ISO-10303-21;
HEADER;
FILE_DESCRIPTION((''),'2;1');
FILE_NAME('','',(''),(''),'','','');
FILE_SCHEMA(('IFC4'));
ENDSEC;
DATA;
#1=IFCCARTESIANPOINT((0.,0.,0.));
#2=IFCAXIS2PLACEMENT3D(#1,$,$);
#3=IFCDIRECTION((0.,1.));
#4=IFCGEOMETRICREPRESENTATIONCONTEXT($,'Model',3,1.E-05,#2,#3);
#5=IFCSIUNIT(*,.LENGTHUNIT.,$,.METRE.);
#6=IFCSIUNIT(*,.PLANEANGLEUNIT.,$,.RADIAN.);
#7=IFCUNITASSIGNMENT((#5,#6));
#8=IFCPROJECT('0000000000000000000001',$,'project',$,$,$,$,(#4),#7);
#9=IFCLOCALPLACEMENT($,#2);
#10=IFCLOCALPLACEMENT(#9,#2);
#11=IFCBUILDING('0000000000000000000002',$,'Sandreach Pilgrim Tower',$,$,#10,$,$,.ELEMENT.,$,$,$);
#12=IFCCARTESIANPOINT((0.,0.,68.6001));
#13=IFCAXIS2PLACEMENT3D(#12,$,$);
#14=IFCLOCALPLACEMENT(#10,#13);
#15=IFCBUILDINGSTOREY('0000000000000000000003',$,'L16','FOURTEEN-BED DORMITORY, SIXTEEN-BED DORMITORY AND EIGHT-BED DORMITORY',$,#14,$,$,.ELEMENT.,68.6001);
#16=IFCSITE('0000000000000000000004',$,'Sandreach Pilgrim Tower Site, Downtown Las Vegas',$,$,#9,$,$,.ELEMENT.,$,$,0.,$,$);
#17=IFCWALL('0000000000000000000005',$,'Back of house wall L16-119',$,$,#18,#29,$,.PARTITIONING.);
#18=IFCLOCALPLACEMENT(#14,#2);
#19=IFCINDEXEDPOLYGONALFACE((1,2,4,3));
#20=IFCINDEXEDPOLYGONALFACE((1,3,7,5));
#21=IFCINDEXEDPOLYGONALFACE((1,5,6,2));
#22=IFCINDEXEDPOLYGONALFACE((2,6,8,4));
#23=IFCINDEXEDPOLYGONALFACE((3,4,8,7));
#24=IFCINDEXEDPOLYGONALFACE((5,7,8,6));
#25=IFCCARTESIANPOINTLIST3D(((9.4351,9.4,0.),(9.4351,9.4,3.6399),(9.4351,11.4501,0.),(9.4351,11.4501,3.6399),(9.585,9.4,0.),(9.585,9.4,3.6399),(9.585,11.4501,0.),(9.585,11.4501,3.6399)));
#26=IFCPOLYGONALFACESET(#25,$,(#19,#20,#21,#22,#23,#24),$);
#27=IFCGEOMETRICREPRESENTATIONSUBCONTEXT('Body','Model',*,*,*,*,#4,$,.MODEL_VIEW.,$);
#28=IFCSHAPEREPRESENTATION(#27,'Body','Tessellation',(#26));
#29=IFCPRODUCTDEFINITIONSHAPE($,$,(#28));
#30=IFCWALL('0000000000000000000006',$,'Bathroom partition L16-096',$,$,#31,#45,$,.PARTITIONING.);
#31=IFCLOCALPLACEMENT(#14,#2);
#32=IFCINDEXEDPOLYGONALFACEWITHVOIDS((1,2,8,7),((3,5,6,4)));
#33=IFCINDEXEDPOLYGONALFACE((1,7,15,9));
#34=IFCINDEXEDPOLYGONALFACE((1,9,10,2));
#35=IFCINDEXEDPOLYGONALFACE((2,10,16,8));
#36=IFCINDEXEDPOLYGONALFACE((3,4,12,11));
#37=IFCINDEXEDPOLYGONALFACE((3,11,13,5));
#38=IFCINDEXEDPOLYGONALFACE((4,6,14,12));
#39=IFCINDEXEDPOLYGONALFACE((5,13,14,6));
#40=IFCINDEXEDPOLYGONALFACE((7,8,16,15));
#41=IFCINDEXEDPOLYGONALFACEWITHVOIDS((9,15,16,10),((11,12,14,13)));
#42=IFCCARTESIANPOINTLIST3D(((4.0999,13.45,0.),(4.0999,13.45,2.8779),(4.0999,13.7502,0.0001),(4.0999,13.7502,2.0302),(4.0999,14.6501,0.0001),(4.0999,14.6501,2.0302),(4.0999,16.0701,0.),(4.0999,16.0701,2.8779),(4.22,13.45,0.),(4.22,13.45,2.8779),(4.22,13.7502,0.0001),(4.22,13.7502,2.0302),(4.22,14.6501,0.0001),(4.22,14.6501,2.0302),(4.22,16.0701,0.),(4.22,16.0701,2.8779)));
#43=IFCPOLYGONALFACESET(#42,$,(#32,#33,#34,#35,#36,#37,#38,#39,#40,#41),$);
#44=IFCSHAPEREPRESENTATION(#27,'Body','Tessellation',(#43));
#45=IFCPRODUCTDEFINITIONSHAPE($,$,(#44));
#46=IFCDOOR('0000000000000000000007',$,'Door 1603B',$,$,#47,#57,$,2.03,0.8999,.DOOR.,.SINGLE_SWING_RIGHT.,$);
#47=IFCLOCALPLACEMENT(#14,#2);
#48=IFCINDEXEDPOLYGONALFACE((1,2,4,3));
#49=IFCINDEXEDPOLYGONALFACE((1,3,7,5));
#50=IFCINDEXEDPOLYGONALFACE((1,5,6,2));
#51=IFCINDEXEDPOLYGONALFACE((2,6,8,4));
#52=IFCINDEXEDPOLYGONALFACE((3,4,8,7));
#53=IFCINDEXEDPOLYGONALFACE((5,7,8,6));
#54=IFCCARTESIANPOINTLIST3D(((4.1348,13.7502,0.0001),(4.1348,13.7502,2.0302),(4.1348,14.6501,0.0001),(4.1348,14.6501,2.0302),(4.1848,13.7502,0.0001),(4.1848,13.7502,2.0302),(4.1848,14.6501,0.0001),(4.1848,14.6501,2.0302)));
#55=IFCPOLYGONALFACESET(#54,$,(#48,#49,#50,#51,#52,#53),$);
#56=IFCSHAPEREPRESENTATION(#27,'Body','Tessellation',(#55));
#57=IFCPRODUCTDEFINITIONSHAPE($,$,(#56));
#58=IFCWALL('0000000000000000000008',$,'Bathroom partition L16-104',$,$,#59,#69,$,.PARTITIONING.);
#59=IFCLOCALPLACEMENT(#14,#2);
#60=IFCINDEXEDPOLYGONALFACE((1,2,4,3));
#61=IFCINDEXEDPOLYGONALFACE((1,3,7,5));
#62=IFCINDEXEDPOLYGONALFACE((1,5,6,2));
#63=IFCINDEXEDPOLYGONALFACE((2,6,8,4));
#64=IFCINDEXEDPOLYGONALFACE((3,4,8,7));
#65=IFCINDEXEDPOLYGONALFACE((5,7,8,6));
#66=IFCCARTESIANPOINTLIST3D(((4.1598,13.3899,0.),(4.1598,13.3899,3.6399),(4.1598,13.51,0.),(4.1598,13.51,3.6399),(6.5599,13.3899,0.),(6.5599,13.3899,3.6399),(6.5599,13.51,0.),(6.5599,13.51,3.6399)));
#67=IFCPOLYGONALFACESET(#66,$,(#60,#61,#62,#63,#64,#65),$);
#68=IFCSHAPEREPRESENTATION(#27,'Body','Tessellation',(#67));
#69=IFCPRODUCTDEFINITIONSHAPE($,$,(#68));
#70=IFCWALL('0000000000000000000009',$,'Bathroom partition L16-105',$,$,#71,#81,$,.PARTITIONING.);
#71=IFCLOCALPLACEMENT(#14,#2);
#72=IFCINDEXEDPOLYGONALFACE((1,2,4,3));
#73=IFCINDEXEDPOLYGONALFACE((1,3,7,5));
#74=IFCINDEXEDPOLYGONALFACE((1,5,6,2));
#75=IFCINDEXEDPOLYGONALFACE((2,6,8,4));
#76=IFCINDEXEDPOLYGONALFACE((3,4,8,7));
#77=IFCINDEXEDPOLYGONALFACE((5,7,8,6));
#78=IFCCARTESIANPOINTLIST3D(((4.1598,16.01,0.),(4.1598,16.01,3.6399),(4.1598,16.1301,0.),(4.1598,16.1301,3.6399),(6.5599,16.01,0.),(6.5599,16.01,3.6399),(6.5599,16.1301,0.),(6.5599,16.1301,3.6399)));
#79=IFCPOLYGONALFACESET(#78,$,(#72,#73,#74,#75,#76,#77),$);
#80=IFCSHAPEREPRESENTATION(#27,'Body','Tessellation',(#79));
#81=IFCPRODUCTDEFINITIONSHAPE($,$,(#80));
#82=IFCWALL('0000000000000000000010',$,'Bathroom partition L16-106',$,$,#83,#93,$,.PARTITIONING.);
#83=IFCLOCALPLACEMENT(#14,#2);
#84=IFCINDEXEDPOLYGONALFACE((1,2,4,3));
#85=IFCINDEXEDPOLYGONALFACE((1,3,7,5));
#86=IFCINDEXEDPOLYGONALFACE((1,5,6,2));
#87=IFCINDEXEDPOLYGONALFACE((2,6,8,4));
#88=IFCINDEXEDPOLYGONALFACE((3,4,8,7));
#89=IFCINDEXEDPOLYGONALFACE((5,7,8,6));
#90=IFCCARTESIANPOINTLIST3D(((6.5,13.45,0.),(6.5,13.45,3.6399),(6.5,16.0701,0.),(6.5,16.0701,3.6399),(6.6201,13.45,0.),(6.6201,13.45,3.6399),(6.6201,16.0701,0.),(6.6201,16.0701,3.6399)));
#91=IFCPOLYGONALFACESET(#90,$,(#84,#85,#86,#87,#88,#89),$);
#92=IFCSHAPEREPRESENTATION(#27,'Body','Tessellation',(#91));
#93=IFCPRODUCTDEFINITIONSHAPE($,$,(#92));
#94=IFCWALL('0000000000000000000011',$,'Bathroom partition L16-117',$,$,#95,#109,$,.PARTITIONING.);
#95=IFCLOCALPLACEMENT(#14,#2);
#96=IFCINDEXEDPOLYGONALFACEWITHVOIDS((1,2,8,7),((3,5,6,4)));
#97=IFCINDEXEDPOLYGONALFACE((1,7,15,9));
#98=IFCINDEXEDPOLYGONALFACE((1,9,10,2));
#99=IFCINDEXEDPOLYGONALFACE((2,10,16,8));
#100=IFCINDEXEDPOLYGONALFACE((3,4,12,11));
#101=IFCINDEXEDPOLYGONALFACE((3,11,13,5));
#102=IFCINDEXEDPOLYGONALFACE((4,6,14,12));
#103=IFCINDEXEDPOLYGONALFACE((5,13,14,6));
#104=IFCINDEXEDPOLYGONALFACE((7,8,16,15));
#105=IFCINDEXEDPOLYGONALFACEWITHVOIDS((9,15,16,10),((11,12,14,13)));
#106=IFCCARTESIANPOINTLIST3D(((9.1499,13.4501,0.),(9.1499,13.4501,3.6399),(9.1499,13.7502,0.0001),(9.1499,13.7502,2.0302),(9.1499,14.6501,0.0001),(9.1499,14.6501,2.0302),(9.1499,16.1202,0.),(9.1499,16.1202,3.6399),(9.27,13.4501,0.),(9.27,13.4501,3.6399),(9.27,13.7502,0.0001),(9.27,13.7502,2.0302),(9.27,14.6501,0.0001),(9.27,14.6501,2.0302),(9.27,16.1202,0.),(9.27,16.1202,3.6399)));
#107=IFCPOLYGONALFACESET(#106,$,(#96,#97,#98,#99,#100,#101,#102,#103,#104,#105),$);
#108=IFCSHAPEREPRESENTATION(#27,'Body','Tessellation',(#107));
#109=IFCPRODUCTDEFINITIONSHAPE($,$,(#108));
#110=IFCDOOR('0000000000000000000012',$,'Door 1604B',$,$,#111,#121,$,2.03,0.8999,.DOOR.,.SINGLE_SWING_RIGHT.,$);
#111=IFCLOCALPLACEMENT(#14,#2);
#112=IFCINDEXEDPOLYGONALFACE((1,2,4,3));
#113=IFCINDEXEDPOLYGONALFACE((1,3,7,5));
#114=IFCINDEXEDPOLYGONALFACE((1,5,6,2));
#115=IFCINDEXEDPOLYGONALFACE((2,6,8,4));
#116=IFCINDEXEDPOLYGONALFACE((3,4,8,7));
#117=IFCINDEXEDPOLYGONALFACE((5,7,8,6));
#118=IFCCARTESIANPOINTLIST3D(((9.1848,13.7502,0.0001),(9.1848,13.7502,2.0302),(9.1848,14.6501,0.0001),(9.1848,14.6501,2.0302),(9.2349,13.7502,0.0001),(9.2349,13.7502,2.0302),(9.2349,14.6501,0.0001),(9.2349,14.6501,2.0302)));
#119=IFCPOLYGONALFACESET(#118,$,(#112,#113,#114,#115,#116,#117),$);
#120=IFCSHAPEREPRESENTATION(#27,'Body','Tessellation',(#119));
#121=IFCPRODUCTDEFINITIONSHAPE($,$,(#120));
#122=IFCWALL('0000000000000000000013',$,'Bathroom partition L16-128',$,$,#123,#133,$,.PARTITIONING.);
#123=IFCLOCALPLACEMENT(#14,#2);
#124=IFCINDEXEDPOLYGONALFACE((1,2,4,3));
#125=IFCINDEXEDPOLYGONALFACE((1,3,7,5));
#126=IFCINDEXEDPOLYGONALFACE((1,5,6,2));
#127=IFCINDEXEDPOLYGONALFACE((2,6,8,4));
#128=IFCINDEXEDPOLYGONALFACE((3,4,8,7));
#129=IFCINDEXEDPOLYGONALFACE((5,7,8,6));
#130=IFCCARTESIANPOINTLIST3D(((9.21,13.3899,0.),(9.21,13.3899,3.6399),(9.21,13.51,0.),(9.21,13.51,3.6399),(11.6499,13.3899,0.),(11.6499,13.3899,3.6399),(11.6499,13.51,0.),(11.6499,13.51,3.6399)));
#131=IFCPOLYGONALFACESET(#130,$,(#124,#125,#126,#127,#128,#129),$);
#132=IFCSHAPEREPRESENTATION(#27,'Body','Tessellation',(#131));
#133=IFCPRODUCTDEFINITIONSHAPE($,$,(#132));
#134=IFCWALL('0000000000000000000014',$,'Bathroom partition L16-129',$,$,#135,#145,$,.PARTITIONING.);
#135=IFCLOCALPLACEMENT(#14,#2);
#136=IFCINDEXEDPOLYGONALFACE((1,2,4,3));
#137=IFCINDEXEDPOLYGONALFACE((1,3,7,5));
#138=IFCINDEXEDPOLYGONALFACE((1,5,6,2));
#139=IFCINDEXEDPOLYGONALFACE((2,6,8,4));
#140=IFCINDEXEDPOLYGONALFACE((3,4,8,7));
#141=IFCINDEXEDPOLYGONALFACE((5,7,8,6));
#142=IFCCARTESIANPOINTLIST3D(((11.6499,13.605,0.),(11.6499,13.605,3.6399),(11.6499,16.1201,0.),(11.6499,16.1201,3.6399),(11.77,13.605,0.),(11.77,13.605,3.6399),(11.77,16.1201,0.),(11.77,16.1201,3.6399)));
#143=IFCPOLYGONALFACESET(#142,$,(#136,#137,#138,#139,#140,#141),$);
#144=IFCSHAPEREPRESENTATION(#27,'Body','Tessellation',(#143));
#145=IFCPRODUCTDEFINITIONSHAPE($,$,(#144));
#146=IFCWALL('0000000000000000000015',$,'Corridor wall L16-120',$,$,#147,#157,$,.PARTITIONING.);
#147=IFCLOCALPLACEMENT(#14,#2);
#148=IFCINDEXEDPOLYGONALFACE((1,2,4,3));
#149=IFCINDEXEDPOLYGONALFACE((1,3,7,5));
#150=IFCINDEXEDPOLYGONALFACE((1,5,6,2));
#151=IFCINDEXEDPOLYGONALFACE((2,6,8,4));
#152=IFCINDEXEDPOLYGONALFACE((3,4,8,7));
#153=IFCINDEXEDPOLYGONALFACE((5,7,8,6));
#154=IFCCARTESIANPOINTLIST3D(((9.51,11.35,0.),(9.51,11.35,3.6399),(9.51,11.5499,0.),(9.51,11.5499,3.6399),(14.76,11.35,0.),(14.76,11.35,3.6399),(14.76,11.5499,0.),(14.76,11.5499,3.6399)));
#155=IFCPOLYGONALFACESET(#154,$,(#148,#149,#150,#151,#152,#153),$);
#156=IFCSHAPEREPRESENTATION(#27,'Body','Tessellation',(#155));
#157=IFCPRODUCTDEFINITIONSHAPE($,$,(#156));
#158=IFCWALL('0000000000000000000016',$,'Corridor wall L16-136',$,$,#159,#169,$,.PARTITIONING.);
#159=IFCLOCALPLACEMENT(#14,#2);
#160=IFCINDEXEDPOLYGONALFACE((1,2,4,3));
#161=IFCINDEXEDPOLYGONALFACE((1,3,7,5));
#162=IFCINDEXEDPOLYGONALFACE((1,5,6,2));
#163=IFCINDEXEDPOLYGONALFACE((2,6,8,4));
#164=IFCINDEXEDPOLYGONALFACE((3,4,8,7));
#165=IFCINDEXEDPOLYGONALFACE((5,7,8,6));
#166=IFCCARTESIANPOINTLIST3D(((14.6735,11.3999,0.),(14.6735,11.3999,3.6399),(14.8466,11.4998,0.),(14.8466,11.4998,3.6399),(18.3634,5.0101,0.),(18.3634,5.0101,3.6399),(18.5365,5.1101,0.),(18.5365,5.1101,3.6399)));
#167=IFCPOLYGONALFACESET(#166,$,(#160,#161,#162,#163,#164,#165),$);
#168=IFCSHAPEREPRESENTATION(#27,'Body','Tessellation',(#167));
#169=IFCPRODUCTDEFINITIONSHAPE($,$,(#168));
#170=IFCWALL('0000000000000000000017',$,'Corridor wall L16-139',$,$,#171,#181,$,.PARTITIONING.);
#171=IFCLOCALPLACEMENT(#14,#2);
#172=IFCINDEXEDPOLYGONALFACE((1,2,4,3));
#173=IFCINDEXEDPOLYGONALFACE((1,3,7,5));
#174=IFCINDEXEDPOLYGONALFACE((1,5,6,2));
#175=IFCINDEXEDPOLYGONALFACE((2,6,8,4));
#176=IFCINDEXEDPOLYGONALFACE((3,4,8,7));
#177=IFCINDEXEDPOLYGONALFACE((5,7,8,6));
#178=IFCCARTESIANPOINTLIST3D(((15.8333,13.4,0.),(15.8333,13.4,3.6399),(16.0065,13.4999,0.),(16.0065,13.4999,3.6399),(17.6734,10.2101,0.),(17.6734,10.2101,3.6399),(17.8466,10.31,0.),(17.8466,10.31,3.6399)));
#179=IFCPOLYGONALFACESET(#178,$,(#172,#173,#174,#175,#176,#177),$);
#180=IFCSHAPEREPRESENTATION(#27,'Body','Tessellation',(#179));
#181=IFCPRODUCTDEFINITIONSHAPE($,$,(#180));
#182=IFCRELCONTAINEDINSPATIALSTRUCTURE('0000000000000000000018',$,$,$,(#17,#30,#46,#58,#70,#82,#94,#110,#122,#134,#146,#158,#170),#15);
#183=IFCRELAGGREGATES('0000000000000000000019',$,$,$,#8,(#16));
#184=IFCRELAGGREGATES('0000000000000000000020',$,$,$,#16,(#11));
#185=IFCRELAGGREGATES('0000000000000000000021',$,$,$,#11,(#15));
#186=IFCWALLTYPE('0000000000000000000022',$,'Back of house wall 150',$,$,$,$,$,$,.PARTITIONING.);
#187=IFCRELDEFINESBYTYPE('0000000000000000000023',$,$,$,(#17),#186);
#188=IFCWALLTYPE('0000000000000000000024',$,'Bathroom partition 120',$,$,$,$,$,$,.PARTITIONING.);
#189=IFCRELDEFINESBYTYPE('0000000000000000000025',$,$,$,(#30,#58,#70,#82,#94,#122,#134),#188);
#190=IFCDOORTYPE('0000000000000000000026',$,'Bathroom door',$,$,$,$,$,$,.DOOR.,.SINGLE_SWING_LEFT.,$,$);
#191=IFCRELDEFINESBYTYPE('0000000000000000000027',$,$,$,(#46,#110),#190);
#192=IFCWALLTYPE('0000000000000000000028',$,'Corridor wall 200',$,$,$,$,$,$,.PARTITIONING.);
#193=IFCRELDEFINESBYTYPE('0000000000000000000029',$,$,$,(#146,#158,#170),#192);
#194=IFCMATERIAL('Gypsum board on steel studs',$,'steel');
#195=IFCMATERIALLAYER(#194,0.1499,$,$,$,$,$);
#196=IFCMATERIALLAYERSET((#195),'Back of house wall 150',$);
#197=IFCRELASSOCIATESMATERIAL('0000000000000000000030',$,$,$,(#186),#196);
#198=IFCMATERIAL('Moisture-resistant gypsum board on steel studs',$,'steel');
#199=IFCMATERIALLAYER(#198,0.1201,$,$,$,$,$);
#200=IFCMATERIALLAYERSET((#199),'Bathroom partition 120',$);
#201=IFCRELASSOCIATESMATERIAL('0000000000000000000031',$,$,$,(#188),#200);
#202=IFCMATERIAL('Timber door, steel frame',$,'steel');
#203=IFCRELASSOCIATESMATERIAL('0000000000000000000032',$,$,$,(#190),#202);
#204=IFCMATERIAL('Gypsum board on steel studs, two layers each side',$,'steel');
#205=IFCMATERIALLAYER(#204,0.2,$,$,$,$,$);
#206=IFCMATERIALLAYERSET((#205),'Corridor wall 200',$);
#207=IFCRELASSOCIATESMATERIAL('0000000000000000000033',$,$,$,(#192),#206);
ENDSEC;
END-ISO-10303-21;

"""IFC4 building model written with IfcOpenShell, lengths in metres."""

from ifc_helpers import new_model, si_unit, direction, frame, frame_2d, origin, place, context, subcontext, project, spatial, rectangle, extrude, material, layer, layer_set, type_object, element, fill, save


model = new_model("IFC4")

# Units and contexts
model_context = context("Model", 3, precision=1e-05, world=origin(), true_north=direction((0.0, 1.0)))
body_context = subcontext(model_context, "Body", "Model", "MODEL_VIEW")
ifc_project = project(units=[si_unit("LENGTHUNIT", "METRE"), si_unit("PLANEANGLEUNIT", "RADIAN")], contexts=[model_context])

# Site, building, storey
site_placement = place(None, origin())
site = spatial("IfcSite", under=ifc_project, at=site_placement, Name="Sandreach Pilgrim Tower Site, Downtown Las Vegas", CompositionType="ELEMENT", RefElevation=0.0)
building_placement = place(site_placement, origin())
building = spatial("IfcBuilding", under=site, at=building_placement, Name="Sandreach Pilgrim Tower", CompositionType="ELEMENT")
storey_placement = place(building_placement, frame((0.0, 0.0, 68.6001)))
storey = spatial("IfcBuildingStorey", under=building, at=storey_placement, Name="L16", Description="FOURTEEN-BED DORMITORY, SIXTEEN-BED DORMITORY AND EIGHT-BED DORMITORY", CompositionType="ELEMENT", Elevation=68.6001)

# Wall
ifc_material_1 = material(Name="Gypsum board on steel studs", Category="steel")
ifc_layer_1 = layer(ifc_material_1, 0.1499)
ifc_layer_set_1 = layer_set([ifc_layer_1], Name="Back of house wall 150")
wall_type_1 = type_object("IfcWallType", Name="Back of house wall 150", PredefinedType="PARTITIONING", material=ifc_layer_set_1)
wall_1_placement = place(storey_placement, frame((9.51, 11.45, 0.0), z_axis=(0.0, 0.0, 1.0), x_axis=(0.0, -1.0, 0.0)))
element("IfcWall", 1, at=wall_1_placement, inside=storey, type_object=wall_type_1, Name="Back of house wall L16-119", PredefinedType="PARTITIONING", context=body_context, shape_type="SweptSolid", body=[
    extrude(rectangle(XDim=2.05, YDim=0.1499, at=frame_2d((1.0249, 0.0))), origin(), (0.0, 0.0, 1.0), 3.6399),
])

# Wall, opening, door
ifc_material_2 = material(Name="Moisture-resistant gypsum board on steel studs", Category="steel")
ifc_layer_2 = layer(ifc_material_2, 0.1201)
ifc_layer_set_2 = layer_set([ifc_layer_2], Name="Bathroom partition 120")
wall_type_2 = type_object("IfcWallType", Name="Bathroom partition 120", PredefinedType="PARTITIONING", material=ifc_layer_set_2)
wall_2_placement = place(storey_placement, frame((4.1599, 16.0701, 0.0), z_axis=(0.0, 0.0, 1.0), x_axis=(0.0, -1.0, 0.0)))
wall_2 = element("IfcWall", 2, at=wall_2_placement, inside=storey, type_object=wall_type_2, Name="Bathroom partition L16-096", PredefinedType="PARTITIONING", context=body_context, shape_type="SweptSolid", body=[
    extrude(rectangle(XDim=2.6201, YDim=0.1201, at=frame_2d((1.3101, 0.0))), origin(), (0.0, 0.0, 1.0), 2.8779),
])
opening_1_placement = place(wall_2_placement, frame((1.4199, 0.0, 0.0)))
opening_1 = element("IfcOpeningElement", 3, at=opening_1_placement, cuts=wall_2, PredefinedType="OPENING", context=body_context, shape_type="SweptSolid", body=[
    extrude(rectangle(XDim=0.8999, YDim=2.03, at=frame_2d((0.45, 1.0151))), frame((0.0, 0.0601, 0.0), z_axis=(0.0, -1.0, 0.0), x_axis=(1.0, 0.0, 0.0)), (0.0, 0.0, 1.0), 0.1201),
])
ifc_material_3 = material(Name="Timber door, steel frame", Category="steel")
door_type_1 = type_object("IfcDoorType", Name="Bathroom door", OperationType="SINGLE_SWING_LEFT", PredefinedType="DOOR", material=ifc_material_3)
door_1_placement = place(opening_1_placement, origin())
door_1 = element("IfcDoor", 4, at=door_1_placement, inside=storey, type_object=door_type_1, Name="Door 1603B", OperationType="SINGLE_SWING_RIGHT", OverallHeight=2.03, OverallWidth=0.8999, PredefinedType="DOOR", context=body_context, shape_type="SweptSolid", body=[
    extrude(rectangle(XDim=0.8999, YDim=2.03, at=frame_2d((0.45, 1.0151))), frame((0.0, 0.0249, 0.0), z_axis=(0.0, -1.0, 0.0), x_axis=(1.0, 0.0, 0.0)), (0.0, 0.0, 1.0), 0.05),
])
fill(opening_1, door_1)

# Walls
for number, where, z_axis, x_axis, name in (
    (5, (6.5601, 13.45, 0.0), (0.0, 0.0, 1.0), (-1.0, 0.0, 0.0), "Bathroom partition L16-104"),
    (6, (6.5601, 16.0701, 0.0), (0.0, 0.0, 1.0), (-1.0, 0.0, 0.0), "Bathroom partition L16-105"),
):
    element("IfcWall", number, at=place(storey_placement, frame(where, z_axis=z_axis, x_axis=x_axis)), inside=storey, type_object=wall_type_2, Name=name, PredefinedType="PARTITIONING", context=body_context, shape_type="SweptSolid", body=[
        extrude(rectangle(XDim=2.4001, YDim=0.1201, at=frame_2d((1.2002, 0.0))), origin(), (0.0, 0.0, 1.0), 3.6399),
    ])
wall_3_placement = place(storey_placement, frame((6.5601, 16.0701, 0.0), z_axis=(0.0, 0.0, 1.0), x_axis=(0.0, -1.0, 0.0)))
element("IfcWall", 7, at=wall_3_placement, inside=storey, type_object=wall_type_2, Name="Bathroom partition L16-106", PredefinedType="PARTITIONING", context=body_context, shape_type="SweptSolid", body=[
    extrude(rectangle(XDim=2.6201, YDim=0.1201, at=frame_2d((1.3101, 0.0))), origin(), (0.0, 0.0, 1.0), 3.6399),
])

# Wall, opening, door
wall_4_placement = place(storey_placement, frame((9.21, 16.1201, 0.0), z_axis=(0.0, 0.0, 1.0), x_axis=(0.0, -1.0, 0.0)))
wall_4 = element("IfcWall", 8, at=wall_4_placement, inside=storey, type_object=wall_type_2, Name="Bathroom partition L16-117", PredefinedType="PARTITIONING", context=body_context, shape_type="SweptSolid", body=[
    extrude(rectangle(XDim=2.6702, YDim=0.1201, at=frame_2d((1.335, 0.0))), origin(), (0.0, 0.0, 1.0), 3.6399),
])
opening_2_placement = place(wall_4_placement, frame((1.47, 0.0, 0.0)))
opening_2 = element("IfcOpeningElement", 9, at=opening_2_placement, cuts=wall_4, PredefinedType="OPENING", context=body_context, shape_type="SweptSolid", body=[
    extrude(rectangle(XDim=0.8999, YDim=2.03, at=frame_2d((0.45, 1.0151))), frame((0.0, 0.0601, 0.0), z_axis=(0.0, -1.0, 0.0), x_axis=(1.0, 0.0, 0.0)), (0.0, 0.0, 1.0), 0.1201),
])
door_2_placement = place(opening_2_placement, origin())
door_2 = element("IfcDoor", 10, at=door_2_placement, inside=storey, type_object=door_type_1, Name="Door 1604B", OperationType="SINGLE_SWING_RIGHT", OverallHeight=2.03, OverallWidth=0.8999, PredefinedType="DOOR", context=body_context, shape_type="SweptSolid", body=[
    extrude(rectangle(XDim=0.8999, YDim=2.03, at=frame_2d((0.45, 1.0151))), frame((0.0, 0.0249, 0.0), z_axis=(0.0, -1.0, 0.0), x_axis=(1.0, 0.0, 0.0)), (0.0, 0.0, 1.0), 0.05),
])
fill(opening_2, door_2)

# Walls
wall_5_placement = place(storey_placement, frame((11.6499, 13.45, 0.0), z_axis=(0.0, 0.0, 1.0), x_axis=(-1.0, 0.0, 0.0)))
element("IfcWall", 11, at=wall_5_placement, inside=storey, type_object=wall_type_2, Name="Bathroom partition L16-128", PredefinedType="PARTITIONING", context=body_context, shape_type="SweptSolid", body=[
    extrude(rectangle(XDim=2.4399, YDim=0.1201, at=frame_2d((1.22, 0.0))), origin(), (0.0, 0.0, 1.0), 3.6399),
])
wall_6_placement = place(storey_placement, frame((11.71, 13.605, 0.0), z_axis=(0.0, 0.0, 1.0), x_axis=(0.0, 1.0, 0.0)))
element("IfcWall", 12, at=wall_6_placement, inside=storey, type_object=wall_type_2, Name="Bathroom partition L16-129", PredefinedType="PARTITIONING", context=body_context, shape_type="SweptSolid", body=[
    extrude(rectangle(XDim=2.5151, YDim=0.1201, at=frame_2d((1.2576, 0.0))), origin(), (0.0, 0.0, 1.0), 3.6399),
])

# Shared definitions
ifc_material_4 = material(Name="Gypsum board on steel studs, two layers each side", Category="steel")
ifc_layer_3 = layer(ifc_material_4, 0.2)
ifc_layer_set_3 = layer_set([ifc_layer_3], Name="Corridor wall 200")
wall_type_3 = type_object("IfcWallType", Name="Corridor wall 200", PredefinedType="PARTITIONING", material=ifc_layer_set_3)

# Walls
wall_7_placement = place(storey_placement, frame((9.51, 11.45, 0.0), z_axis=(0.0, 0.0, 1.0), x_axis=(1.0, 0.0, 0.0)))
element("IfcWall", 13, at=wall_7_placement, inside=storey, type_object=wall_type_3, Name="Corridor wall L16-120", PredefinedType="PARTITIONING", context=body_context, shape_type="SweptSolid", body=[
    extrude(rectangle(XDim=5.25, YDim=0.2, at=frame_2d((2.625, 0.0))), origin(), (0.0, 0.0, 1.0), 3.6399),
])
wall_8_placement = place(storey_placement, frame((14.76, 11.45, 0.0), z_axis=(0.0, 0.0, 1.0), x_axis=(0.500075, -0.865982, 0.0)))
element("IfcWall", 14, at=wall_8_placement, inside=storey, type_object=wall_type_3, Name="Corridor wall L16-136", PredefinedType="PARTITIONING", context=body_context, shape_type="SweptSolid", body=[
    extrude(rectangle(XDim=7.3787, YDim=0.2, at=frame_2d((3.6895, 0.0))), origin(), (0.0, 0.0, 1.0), 3.6399),
])

# Wall
wall_9_placement = place(storey_placement, frame((15.9199, 13.45, 0.0), z_axis=(0.0, 0.0, 1.0), x_axis=(0.499669, -0.866216, 0.0)))
element("IfcWall", 15, at=wall_9_placement, inside=storey, type_object=wall_type_3, Name="Corridor wall L16-139", PredefinedType="PARTITIONING", context=body_context, shape_type="SweptSolid", body=[
    extrude(rectangle(XDim=3.6826, YDim=0.2, at=frame_2d((1.8413, 0.0))), origin(), (0.0, 0.0, 1.0), 3.6399),
])

save(model, "model.ifc")
